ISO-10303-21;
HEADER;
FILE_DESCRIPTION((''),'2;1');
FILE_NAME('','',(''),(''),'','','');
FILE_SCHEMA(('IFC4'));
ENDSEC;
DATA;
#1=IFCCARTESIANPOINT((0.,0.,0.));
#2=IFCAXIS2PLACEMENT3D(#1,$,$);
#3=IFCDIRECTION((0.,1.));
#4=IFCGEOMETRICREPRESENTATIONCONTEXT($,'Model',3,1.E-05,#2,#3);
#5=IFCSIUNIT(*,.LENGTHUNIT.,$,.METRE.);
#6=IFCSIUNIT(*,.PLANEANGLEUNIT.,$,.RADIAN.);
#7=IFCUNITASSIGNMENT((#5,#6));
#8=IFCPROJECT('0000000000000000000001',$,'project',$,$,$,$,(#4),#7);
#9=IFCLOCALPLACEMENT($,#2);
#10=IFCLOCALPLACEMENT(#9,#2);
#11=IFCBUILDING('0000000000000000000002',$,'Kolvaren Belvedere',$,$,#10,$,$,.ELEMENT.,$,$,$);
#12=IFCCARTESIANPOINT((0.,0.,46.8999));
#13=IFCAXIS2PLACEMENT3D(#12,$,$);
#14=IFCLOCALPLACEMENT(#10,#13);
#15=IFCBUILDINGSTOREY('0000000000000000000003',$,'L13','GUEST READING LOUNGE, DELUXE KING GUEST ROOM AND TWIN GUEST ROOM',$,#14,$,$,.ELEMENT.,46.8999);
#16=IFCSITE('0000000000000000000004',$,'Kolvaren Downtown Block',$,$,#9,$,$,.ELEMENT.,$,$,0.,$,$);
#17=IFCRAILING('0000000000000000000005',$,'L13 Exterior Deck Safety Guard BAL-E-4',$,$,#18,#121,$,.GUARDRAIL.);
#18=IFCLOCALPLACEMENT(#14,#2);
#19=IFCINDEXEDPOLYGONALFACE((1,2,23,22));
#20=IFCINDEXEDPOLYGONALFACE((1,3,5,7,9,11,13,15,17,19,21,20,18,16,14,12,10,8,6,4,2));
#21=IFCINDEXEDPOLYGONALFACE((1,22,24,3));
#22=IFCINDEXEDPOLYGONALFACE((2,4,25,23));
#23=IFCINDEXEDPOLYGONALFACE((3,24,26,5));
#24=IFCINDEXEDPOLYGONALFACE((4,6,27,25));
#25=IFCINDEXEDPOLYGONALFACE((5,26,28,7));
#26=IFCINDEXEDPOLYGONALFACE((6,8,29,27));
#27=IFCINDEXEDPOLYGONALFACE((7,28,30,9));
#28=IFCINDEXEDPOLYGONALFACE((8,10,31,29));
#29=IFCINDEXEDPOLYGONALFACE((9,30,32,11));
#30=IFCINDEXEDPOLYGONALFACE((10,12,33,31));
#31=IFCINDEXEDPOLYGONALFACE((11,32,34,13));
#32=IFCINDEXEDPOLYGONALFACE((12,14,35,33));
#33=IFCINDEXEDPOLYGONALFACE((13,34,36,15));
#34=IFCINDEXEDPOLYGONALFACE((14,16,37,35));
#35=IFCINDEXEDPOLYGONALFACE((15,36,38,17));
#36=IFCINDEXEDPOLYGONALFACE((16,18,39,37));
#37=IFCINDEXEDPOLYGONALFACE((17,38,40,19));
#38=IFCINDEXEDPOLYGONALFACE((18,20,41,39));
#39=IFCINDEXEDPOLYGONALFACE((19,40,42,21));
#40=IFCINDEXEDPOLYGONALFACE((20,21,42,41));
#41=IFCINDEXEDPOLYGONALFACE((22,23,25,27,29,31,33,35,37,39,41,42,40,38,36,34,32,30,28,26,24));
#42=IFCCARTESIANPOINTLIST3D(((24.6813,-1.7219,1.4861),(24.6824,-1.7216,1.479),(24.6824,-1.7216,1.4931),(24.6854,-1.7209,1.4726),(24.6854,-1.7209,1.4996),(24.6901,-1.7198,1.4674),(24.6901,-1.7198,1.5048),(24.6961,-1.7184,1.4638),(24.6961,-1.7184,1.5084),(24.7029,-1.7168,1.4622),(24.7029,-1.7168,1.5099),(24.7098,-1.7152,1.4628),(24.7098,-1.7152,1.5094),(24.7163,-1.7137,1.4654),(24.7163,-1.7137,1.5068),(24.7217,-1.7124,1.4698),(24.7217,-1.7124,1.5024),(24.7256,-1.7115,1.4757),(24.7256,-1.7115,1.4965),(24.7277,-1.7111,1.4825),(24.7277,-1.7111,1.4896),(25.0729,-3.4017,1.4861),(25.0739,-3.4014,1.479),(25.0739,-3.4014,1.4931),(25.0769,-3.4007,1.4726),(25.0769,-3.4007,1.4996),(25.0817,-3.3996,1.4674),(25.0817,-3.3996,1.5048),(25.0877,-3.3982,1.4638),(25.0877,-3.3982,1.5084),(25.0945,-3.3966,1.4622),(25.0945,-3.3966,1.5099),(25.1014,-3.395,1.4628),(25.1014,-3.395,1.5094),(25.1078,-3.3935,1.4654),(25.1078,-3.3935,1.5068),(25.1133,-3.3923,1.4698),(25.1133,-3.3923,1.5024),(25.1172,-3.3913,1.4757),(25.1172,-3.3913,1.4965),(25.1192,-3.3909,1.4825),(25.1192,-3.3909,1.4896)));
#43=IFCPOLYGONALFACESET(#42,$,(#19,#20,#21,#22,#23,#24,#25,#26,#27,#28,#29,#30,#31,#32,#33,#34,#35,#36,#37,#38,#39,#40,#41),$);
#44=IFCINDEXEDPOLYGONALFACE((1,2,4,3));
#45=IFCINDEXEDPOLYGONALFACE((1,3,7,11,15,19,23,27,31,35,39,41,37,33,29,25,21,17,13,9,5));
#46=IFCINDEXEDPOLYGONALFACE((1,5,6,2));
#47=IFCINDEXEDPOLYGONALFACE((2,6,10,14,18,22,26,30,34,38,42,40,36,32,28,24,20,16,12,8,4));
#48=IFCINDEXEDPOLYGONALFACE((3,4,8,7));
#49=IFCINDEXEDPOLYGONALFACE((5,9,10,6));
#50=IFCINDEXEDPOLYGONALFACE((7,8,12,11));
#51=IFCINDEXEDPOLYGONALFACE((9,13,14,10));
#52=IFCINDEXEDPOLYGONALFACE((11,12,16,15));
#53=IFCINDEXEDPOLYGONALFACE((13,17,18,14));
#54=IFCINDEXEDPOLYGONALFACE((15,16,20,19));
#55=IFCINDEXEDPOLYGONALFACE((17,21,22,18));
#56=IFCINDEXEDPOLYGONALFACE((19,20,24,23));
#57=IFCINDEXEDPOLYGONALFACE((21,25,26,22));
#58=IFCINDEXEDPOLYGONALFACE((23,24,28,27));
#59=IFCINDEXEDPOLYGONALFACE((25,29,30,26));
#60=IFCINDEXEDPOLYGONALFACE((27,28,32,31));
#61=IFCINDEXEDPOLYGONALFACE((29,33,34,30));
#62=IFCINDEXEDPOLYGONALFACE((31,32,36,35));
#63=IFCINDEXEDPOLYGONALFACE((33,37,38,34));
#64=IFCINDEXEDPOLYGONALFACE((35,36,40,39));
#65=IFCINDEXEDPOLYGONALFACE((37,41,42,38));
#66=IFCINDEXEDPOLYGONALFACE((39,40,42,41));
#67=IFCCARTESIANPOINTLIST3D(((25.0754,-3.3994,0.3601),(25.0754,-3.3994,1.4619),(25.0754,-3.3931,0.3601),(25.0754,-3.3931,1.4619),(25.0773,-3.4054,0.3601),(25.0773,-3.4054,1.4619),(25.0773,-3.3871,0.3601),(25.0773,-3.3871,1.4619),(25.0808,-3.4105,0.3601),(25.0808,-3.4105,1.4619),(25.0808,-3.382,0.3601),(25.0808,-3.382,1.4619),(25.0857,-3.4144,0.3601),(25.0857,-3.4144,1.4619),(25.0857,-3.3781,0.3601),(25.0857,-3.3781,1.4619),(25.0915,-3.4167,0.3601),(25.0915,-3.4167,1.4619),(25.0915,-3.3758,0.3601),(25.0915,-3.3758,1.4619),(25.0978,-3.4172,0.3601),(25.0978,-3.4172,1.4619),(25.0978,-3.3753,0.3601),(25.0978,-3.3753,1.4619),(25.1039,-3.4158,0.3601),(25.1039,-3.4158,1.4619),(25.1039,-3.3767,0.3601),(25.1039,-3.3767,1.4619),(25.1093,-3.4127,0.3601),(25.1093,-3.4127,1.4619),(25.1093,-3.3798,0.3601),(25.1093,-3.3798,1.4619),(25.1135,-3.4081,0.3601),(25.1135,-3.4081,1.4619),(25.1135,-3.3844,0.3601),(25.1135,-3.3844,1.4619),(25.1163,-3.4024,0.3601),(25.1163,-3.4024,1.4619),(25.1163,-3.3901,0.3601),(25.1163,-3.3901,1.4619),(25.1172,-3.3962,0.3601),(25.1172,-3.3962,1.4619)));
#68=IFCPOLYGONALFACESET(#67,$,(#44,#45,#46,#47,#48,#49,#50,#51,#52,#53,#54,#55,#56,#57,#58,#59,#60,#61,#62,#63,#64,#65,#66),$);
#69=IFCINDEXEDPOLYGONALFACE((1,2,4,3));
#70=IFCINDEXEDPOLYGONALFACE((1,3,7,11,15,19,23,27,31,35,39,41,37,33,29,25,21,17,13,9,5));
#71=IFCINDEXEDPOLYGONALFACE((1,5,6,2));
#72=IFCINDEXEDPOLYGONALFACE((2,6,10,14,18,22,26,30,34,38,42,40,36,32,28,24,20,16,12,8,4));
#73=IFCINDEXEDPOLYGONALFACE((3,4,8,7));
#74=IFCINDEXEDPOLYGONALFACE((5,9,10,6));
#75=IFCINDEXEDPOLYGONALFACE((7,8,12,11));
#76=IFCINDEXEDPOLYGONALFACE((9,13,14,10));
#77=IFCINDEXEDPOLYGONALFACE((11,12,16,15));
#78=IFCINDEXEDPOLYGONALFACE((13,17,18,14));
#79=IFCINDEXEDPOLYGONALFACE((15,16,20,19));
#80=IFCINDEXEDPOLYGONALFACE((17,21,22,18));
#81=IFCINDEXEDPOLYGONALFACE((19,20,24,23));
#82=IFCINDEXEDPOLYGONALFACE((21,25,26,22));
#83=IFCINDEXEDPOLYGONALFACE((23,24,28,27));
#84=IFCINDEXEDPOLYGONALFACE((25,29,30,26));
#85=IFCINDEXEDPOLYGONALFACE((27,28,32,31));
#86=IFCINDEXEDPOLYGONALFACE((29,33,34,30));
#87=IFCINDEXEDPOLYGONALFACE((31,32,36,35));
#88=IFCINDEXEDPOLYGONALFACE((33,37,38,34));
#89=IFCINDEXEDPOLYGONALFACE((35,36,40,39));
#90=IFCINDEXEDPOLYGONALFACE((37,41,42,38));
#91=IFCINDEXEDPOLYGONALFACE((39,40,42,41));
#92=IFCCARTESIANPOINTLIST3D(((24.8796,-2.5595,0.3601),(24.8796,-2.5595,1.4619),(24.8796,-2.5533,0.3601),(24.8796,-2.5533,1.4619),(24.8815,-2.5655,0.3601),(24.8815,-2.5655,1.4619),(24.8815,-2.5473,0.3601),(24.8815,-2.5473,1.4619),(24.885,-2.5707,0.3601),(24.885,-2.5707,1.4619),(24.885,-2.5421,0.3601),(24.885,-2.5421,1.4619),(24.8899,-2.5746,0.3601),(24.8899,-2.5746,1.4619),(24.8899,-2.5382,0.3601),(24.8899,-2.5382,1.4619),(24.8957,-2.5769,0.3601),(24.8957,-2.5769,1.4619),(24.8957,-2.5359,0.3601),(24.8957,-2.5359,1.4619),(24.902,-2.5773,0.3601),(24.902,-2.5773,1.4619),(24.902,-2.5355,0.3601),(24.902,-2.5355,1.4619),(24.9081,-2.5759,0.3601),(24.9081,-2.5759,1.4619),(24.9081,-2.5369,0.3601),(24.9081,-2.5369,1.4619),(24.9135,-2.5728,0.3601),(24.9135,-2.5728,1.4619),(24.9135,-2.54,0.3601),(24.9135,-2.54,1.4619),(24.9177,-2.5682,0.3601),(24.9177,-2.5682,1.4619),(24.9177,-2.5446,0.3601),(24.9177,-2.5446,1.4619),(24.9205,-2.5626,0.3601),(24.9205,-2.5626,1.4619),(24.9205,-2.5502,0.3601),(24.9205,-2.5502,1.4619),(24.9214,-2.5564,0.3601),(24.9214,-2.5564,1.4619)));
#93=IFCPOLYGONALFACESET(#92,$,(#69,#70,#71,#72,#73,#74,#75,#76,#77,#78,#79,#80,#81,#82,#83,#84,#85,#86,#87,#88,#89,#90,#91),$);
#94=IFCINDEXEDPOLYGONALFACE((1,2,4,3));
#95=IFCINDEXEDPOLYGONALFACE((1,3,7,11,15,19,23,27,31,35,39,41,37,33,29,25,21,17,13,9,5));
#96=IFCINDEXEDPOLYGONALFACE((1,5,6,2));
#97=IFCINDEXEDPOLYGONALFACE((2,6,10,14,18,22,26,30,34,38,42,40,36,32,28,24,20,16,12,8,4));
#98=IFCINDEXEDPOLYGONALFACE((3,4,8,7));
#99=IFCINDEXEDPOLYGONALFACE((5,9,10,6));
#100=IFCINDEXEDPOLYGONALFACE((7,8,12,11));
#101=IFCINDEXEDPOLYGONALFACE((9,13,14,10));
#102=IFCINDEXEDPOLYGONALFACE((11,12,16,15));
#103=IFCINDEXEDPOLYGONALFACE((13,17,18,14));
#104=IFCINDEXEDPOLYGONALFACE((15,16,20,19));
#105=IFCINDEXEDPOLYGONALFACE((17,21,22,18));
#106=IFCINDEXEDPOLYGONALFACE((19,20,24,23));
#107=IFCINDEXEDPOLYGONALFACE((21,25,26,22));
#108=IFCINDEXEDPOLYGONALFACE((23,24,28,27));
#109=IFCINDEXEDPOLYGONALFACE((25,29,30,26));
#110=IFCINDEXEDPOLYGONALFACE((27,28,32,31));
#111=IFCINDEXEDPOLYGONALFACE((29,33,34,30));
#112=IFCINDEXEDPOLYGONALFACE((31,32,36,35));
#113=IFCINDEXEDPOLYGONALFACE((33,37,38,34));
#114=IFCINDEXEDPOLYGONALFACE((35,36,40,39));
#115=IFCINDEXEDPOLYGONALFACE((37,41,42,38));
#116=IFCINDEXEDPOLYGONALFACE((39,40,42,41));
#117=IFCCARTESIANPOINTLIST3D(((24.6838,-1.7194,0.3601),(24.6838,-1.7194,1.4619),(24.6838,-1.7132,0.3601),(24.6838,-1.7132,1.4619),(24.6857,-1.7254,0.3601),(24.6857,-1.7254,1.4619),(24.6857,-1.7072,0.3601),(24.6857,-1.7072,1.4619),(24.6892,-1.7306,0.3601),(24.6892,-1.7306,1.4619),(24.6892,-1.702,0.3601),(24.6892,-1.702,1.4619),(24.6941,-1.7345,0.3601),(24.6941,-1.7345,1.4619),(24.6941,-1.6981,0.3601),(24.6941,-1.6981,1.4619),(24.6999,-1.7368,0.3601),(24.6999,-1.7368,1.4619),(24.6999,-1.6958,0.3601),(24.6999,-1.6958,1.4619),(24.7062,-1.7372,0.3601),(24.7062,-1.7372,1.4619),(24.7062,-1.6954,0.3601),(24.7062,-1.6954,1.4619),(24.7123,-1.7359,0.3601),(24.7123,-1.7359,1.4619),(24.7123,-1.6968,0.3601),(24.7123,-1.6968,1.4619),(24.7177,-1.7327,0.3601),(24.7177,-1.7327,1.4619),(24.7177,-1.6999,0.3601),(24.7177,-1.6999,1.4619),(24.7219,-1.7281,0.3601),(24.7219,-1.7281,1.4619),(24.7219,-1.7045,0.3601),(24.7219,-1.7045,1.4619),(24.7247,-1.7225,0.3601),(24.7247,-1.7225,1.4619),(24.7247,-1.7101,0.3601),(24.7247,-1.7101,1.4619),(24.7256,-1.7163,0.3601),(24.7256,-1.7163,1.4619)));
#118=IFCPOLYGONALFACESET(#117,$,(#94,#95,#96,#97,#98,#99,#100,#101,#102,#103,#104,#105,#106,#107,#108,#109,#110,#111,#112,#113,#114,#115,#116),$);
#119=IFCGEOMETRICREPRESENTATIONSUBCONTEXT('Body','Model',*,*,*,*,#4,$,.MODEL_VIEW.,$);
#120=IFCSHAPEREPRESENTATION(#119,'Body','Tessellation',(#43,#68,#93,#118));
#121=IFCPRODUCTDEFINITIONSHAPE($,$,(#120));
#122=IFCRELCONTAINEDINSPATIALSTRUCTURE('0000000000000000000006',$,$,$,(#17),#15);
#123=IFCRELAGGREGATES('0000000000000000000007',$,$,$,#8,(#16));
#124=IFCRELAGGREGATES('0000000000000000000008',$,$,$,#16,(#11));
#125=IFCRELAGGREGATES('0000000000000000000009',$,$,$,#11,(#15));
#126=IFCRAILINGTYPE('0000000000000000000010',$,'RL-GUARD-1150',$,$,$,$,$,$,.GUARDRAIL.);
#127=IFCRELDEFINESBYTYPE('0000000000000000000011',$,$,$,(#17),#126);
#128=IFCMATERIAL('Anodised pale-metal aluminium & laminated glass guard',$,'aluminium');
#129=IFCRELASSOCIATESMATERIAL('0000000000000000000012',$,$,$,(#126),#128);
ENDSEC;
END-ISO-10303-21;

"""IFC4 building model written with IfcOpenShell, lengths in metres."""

from ifc_helpers import new_model, si_unit, direction, frame, origin, origin_2d, place, context, subcontext, project, spatial, circle, extrude, material, type_object, element, save


model = new_model("IFC4")

# Units and contexts
model_context = context("Model", 3, precision=1e-05, world=origin(), true_north=direction((0.0, 1.0)))
body_context = subcontext(model_context, "Body", "Model", "MODEL_VIEW")
ifc_project = project(units=[si_unit("LENGTHUNIT", "METRE"), si_unit("PLANEANGLEUNIT", "RADIAN")], contexts=[model_context])

# Site, building, storey
site_placement = place(None, origin())
site = spatial("IfcSite", under=ifc_project, at=site_placement, Name="Kolvaren Downtown Block", CompositionType="ELEMENT", RefElevation=0.0)
building_placement = place(site_placement, origin())
building = spatial("IfcBuilding", under=site, at=building_placement, Name="Kolvaren Belvedere", CompositionType="ELEMENT")
storey_placement = place(building_placement, frame((0.0, 0.0, 46.8999)))
storey = spatial("IfcBuildingStorey", under=building, at=storey_placement, Name="L13", Description="GUEST READING LOUNGE, DELUXE KING GUEST ROOM AND TWIN GUEST ROOM", CompositionType="ELEMENT", Elevation=46.8999)

# Railing
ifc_material_1 = material(Name="Anodised pale-metal aluminium & laminated glass guard", Category="aluminium")
railing_type = type_object("IfcRailingType", Name="RL-GUARD-1150", PredefinedType="GUARDRAIL", material=ifc_material_1)
railing_1_placement = place(storey_placement, frame((25.0962, -3.3962, 0.3601)))
element("IfcRailing", 1, at=railing_1_placement, inside=storey, type_object=railing_type, Name="L13 Exterior Deck Safety Guard BAL-E-4", PredefinedType="GUARDRAIL", context=body_context, shape_type="SweptSolid", body=[
    extrude(circle(Radius=0.0239, at=origin_2d()), frame((0.0, 0.0, 1.126), z_axis=(-0.227019, 0.97389, 0.0), x_axis=(-0.97389, -0.227019, 0.0)), (0.0, 0.0, 1.0), 1.7249),
    extrude(circle(Radius=0.021, at=origin_2d()), origin(), (0.0, 0.0, 1.0), 1.1018),
    extrude(circle(Radius=0.021, at=origin_2d()), frame((-0.1958, 0.8398, 0.0)), (0.0, 0.0, 1.0), 1.1018),
    extrude(circle(Radius=0.021, at=origin_2d()), frame((-0.3916, 1.6799, 0.0)), (0.0, 0.0, 1.0), 1.1018),
])

save(model, "model.ifc")
